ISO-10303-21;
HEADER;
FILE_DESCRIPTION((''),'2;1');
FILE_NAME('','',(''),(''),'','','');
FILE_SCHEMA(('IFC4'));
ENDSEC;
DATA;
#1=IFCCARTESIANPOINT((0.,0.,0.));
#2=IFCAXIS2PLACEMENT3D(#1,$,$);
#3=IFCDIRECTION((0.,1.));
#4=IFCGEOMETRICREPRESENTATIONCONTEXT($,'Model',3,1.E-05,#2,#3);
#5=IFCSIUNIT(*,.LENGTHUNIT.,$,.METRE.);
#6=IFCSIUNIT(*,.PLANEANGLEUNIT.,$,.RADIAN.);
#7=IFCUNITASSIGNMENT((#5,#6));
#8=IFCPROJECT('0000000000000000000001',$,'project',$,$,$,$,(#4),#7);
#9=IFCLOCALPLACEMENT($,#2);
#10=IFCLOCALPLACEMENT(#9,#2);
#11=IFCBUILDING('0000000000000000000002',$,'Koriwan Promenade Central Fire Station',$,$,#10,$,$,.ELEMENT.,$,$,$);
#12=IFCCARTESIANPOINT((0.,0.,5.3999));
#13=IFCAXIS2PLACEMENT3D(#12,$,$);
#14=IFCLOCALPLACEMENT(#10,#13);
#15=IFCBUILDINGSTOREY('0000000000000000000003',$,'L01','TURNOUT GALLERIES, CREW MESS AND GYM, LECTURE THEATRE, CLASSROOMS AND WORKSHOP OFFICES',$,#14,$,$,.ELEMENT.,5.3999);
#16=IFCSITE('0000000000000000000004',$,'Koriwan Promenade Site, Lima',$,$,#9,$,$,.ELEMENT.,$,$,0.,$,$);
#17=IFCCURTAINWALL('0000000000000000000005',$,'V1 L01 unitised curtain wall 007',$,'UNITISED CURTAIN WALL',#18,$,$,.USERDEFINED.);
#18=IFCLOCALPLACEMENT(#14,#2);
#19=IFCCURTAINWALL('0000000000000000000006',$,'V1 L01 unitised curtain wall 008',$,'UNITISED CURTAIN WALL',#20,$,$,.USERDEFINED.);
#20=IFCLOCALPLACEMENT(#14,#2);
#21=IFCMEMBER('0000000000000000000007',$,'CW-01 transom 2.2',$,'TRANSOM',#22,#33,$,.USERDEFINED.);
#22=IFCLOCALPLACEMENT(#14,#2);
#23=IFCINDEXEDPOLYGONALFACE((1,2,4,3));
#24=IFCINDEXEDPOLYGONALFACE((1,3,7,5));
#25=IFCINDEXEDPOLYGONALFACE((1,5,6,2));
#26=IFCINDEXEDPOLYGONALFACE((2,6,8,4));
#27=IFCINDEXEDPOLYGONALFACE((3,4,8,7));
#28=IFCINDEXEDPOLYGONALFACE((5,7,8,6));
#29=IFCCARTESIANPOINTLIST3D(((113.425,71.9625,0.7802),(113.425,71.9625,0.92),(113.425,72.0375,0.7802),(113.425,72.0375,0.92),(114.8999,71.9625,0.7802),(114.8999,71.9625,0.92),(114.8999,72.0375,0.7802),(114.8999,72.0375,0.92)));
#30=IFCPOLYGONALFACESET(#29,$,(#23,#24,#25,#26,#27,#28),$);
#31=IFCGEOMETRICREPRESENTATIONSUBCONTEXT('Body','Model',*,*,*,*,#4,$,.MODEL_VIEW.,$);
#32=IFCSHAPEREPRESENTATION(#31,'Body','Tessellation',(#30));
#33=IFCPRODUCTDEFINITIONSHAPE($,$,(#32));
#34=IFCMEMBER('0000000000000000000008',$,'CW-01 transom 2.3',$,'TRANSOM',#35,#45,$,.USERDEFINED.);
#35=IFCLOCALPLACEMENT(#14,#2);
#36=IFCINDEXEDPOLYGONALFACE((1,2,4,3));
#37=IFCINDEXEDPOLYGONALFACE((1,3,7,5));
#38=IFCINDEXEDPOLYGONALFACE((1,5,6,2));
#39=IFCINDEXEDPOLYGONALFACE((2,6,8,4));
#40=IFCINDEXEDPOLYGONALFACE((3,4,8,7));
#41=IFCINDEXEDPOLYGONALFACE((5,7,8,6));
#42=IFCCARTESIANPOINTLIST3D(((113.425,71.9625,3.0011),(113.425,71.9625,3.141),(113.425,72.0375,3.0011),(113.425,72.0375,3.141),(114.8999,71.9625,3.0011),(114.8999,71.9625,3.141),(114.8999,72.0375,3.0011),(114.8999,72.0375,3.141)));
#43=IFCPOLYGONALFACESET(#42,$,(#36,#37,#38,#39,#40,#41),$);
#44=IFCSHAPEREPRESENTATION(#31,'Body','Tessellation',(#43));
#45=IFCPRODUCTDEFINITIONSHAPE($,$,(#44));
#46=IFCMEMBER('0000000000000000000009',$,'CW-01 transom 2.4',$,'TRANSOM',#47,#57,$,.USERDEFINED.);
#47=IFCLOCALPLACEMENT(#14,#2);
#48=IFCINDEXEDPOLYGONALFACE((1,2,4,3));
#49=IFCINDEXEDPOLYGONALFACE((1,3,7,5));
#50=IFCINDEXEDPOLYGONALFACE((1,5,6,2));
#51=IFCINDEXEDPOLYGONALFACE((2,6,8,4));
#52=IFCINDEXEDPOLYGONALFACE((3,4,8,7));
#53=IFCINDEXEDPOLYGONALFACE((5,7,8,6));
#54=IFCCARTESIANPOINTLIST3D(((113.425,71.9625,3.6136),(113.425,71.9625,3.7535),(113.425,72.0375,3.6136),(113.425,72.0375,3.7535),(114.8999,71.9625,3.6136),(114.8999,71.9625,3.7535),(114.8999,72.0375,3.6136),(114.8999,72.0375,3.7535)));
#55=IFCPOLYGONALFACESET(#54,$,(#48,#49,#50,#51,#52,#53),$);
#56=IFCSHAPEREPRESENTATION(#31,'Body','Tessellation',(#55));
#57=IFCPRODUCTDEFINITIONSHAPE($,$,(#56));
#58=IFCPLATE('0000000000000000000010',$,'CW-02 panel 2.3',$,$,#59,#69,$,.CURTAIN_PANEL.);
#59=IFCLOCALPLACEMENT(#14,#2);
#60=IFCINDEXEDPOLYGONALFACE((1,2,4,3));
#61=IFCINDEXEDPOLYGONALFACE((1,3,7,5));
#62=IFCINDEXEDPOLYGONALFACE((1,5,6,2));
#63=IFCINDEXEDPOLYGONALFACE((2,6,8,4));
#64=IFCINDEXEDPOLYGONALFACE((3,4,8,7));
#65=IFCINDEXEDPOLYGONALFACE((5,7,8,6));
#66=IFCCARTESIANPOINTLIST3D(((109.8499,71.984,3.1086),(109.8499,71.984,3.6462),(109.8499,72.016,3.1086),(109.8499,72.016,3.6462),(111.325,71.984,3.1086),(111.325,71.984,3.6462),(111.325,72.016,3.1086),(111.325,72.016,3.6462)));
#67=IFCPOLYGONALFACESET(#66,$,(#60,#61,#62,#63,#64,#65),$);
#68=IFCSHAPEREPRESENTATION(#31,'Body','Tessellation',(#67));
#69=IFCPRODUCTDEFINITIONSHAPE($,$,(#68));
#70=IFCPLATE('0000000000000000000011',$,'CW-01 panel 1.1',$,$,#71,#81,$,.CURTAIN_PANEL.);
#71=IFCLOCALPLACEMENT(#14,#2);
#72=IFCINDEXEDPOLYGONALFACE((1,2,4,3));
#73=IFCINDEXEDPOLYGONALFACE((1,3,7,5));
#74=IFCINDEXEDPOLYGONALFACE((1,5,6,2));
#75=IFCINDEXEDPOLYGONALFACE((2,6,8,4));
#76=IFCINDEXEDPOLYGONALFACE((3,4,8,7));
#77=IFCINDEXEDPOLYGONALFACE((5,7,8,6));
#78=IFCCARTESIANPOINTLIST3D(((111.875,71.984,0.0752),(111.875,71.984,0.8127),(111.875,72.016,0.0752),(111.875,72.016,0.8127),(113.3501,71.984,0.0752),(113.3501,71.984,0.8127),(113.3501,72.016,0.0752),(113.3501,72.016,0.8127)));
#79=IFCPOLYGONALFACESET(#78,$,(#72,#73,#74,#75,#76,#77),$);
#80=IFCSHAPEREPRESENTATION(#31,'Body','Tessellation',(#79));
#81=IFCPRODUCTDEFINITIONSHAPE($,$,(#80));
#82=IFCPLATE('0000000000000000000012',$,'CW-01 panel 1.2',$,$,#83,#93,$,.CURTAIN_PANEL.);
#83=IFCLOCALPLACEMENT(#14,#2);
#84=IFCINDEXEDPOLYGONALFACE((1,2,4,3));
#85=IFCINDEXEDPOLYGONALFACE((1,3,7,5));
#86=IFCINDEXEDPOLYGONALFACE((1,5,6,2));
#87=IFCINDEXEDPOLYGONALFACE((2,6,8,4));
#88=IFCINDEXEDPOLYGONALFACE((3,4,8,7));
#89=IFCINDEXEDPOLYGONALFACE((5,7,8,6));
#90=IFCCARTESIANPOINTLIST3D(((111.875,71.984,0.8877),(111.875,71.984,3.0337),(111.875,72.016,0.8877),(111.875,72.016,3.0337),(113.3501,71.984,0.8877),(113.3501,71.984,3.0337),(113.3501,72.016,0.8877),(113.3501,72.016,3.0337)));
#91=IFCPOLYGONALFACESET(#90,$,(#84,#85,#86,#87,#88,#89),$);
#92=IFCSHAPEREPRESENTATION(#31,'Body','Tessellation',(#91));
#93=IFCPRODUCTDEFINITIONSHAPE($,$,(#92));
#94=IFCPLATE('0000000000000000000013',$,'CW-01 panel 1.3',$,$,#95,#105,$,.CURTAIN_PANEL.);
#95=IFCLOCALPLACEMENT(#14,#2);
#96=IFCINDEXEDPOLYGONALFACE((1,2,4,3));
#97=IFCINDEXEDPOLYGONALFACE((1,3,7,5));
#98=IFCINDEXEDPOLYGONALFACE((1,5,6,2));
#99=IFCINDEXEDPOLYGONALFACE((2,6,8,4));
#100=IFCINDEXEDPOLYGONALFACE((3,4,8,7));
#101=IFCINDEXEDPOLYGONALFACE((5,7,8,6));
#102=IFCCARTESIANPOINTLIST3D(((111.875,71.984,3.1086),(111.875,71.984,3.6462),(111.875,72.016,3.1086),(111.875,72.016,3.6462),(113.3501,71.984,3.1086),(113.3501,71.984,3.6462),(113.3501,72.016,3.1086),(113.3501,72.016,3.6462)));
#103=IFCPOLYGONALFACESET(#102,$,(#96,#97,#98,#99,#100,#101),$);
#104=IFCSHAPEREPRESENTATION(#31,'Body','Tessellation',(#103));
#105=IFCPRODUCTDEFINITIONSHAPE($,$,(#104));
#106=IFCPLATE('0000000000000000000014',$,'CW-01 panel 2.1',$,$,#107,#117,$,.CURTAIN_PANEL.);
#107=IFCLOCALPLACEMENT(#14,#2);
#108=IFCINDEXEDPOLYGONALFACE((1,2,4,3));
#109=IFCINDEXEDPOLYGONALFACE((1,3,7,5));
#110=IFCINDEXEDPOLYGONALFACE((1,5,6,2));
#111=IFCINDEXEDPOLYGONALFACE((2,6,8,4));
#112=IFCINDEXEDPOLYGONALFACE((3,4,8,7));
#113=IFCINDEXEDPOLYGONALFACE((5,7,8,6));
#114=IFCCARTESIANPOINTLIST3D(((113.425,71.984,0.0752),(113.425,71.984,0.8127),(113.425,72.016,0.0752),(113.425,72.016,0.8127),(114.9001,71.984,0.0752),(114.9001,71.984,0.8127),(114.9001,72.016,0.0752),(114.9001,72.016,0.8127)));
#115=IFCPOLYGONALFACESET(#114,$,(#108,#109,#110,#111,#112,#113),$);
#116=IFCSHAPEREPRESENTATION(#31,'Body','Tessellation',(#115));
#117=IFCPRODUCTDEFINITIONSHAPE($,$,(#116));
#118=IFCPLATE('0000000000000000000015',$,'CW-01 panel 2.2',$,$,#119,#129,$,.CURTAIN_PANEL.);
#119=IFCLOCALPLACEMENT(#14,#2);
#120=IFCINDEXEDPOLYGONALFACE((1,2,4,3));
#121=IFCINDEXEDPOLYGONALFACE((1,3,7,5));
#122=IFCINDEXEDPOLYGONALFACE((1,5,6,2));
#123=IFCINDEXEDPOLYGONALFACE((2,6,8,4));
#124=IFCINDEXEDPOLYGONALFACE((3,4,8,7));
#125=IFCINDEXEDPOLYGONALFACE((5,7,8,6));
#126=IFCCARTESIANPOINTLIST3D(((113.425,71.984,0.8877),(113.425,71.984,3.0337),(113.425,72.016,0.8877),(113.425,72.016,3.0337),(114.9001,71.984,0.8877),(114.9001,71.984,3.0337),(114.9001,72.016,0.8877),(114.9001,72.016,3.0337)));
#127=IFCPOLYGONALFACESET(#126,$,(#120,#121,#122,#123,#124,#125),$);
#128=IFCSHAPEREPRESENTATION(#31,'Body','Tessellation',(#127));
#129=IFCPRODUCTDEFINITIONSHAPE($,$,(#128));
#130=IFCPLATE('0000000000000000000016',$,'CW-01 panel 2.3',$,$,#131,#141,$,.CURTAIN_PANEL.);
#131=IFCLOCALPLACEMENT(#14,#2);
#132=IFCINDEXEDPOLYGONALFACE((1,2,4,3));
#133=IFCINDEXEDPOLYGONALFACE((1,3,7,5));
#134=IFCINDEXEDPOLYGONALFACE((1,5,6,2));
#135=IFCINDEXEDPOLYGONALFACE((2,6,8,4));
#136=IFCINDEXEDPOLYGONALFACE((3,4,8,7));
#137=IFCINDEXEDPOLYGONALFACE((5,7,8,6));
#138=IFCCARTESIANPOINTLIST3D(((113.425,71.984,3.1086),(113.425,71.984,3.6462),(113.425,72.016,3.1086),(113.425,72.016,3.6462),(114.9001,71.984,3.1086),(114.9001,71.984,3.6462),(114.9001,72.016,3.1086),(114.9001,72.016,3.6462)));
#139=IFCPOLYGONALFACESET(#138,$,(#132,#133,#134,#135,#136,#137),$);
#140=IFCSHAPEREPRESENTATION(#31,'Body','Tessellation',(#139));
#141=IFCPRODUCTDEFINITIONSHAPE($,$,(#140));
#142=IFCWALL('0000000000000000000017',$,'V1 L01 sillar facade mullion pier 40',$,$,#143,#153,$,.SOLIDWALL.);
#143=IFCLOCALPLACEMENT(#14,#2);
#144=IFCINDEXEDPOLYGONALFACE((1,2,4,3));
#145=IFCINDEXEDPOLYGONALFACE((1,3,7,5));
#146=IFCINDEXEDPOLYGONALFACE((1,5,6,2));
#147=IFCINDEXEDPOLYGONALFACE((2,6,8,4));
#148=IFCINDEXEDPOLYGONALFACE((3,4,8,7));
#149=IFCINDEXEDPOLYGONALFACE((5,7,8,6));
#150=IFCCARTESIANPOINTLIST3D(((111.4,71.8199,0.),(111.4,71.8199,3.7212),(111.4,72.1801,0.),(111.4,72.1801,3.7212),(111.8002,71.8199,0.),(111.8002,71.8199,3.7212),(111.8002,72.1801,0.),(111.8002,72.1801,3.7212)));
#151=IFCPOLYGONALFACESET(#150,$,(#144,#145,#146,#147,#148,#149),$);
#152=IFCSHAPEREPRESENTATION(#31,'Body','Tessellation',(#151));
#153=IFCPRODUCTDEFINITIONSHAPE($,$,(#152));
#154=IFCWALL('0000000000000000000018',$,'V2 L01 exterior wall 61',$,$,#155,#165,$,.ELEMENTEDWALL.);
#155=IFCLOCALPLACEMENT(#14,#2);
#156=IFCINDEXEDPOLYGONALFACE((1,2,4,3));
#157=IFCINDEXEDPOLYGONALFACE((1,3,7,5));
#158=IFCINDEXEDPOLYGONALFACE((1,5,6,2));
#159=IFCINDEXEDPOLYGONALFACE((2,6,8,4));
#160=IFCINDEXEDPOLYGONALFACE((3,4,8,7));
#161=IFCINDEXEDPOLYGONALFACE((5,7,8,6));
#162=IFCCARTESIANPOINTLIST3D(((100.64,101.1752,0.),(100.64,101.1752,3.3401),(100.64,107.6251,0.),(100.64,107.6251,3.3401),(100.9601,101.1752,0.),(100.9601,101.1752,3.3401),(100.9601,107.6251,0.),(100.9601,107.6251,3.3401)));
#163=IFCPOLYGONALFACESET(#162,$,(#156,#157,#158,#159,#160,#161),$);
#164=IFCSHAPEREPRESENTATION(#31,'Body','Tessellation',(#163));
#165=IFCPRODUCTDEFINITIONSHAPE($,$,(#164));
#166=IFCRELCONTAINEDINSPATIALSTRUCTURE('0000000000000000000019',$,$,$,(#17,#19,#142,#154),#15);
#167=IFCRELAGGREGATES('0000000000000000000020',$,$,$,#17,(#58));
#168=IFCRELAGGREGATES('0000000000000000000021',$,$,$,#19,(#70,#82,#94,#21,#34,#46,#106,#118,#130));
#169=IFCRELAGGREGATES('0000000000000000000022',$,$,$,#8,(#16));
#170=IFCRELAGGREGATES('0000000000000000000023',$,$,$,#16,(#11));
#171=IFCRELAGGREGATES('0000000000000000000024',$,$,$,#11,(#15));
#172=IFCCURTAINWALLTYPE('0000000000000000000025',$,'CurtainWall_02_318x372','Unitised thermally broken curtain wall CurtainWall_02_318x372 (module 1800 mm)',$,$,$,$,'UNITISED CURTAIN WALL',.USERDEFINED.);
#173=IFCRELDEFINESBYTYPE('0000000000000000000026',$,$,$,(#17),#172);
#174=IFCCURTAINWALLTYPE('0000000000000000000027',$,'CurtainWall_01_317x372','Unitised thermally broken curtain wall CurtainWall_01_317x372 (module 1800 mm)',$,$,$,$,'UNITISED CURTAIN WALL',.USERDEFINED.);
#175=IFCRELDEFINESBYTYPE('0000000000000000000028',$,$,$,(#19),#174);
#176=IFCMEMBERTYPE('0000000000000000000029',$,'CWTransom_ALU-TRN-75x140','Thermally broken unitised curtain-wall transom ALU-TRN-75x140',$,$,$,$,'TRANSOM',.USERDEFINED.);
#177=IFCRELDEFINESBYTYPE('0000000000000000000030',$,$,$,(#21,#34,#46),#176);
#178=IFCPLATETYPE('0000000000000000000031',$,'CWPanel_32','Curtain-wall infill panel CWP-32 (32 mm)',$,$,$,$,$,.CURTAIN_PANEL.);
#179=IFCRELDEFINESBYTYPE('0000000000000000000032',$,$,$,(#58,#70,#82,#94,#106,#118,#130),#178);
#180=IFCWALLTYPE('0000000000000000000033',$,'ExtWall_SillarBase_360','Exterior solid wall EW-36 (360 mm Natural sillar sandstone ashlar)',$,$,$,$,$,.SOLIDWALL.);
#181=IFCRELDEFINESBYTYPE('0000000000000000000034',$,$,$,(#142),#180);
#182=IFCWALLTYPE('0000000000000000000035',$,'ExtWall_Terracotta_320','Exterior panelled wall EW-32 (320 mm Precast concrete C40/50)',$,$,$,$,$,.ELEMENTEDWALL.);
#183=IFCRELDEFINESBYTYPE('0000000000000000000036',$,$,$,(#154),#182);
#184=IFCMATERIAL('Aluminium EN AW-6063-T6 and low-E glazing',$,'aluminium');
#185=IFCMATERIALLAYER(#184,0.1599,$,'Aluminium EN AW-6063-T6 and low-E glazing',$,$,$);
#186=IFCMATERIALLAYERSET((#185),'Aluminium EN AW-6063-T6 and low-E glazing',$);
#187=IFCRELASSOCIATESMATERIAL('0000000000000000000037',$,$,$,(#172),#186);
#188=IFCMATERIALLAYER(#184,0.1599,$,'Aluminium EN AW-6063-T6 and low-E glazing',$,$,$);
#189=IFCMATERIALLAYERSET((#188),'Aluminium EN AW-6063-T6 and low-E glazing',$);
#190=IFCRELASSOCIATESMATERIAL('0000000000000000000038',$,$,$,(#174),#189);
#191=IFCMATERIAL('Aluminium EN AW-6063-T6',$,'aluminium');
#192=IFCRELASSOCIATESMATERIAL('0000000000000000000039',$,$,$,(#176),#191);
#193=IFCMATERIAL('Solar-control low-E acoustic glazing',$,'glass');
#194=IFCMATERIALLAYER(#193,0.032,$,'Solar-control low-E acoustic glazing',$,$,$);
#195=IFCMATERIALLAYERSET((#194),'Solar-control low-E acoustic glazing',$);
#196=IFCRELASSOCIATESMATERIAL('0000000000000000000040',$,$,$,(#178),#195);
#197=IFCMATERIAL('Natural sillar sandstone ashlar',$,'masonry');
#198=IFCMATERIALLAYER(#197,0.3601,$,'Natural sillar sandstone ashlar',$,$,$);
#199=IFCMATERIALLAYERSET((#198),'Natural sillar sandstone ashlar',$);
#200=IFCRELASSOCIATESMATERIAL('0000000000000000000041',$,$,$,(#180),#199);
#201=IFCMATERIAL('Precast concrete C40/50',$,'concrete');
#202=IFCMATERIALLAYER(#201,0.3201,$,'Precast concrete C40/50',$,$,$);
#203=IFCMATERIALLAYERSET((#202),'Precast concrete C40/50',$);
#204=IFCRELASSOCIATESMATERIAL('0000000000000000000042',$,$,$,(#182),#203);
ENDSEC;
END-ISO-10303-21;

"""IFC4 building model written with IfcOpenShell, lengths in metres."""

from ifc_helpers import new_model, si_unit, direction, frame, frame_2d, origin, origin_2d, place, context, subcontext, project, spatial, rectangle, extrude, material, layer, layer_set, material_profile, profile_set, type_object, element, aggregate, save


model = new_model("IFC4")

# Units and contexts
model_context = context("Model", 3, precision=1e-05, world=origin(), true_north=direction((0.0, 1.0)))
body_context = subcontext(model_context, "Body", "Model", "MODEL_VIEW")
ifc_project = project(units=[si_unit("LENGTHUNIT", "METRE"), si_unit("PLANEANGLEUNIT", "RADIAN")], contexts=[model_context])

# Site, building, storey
site_placement = place(None, origin())
site = spatial("IfcSite", under=ifc_project, at=site_placement, Name="Koriwan Promenade Site, Lima", CompositionType="ELEMENT", RefElevation=0.0)
building_placement = place(site_placement, origin())
building = spatial("IfcBuilding", under=site, at=building_placement, Name="Koriwan Promenade Central Fire Station", CompositionType="ELEMENT")
storey_placement = place(building_placement, frame((0.0, 0.0, 5.3999)))
storey = spatial("IfcBuildingStorey", under=building, at=storey_placement, Name="L01", Description="TURNOUT GALLERIES, CREW MESS AND GYM, LECTURE THEATRE, CLASSROOMS AND WORKSHOP OFFICES", CompositionType="ELEMENT", Elevation=5.3999)

# Curtain wall
ifc_material_1 = material(Name="Aluminium EN AW-6063-T6 and low-E glazing", Category="aluminium")
ifc_layer_1 = layer(ifc_material_1, 0.1599, Name="Aluminium EN AW-6063-T6 and low-E glazing")
ifc_layer_set_1 = layer_set([ifc_layer_1], Name="Aluminium EN AW-6063-T6 and low-E glazing")
curtain_wall_type_1 = type_object("IfcCurtainWallType", Name="CurtainWall_02_318x372", Description="Unitised thermally broken curtain wall CurtainWall_02_318x372 (module 1800 mm)", ElementType="UNITISED CURTAIN WALL", PredefinedType="USERDEFINED", material=ifc_layer_set_1)
curtain_wall_1_placement = place(storey_placement, origin())
curtain_wall_1 = element("IfcCurtainWall", 1, at=curtain_wall_1_placement, inside=storey, type_object=curtain_wall_type_1, Name="V1 L01 unitised curtain wall 007", ObjectType="UNITISED CURTAIN WALL", PredefinedType="USERDEFINED")
ifc_material_2 = material(Name="Aluminium EN AW-6063-T6", Category="aluminium")

# Curtain wall, members
ifc_layer_2 = layer(ifc_material_1, 0.1599, Name="Aluminium EN AW-6063-T6 and low-E glazing")
ifc_layer_set_2 = layer_set([ifc_layer_2], Name="Aluminium EN AW-6063-T6 and low-E glazing")
curtain_wall_type_2 = type_object("IfcCurtainWallType", Name="CurtainWall_01_317x372", Description="Unitised thermally broken curtain wall CurtainWall_01_317x372 (module 1800 mm)", ElementType="UNITISED CURTAIN WALL", PredefinedType="USERDEFINED", material=ifc_layer_set_2)
curtain_wall_2_placement = place(storey_placement, origin())
curtain_wall_2 = element("IfcCurtainWall", 2, at=curtain_wall_2_placement, inside=storey, type_object=curtain_wall_type_2, Name="V1 L01 unitised curtain wall 008", ObjectType="UNITISED CURTAIN WALL", PredefinedType="USERDEFINED")
ifc_material_profile_1 = material_profile(ifc_material_2, rectangle(XDim=0.075, YDim=0.1399, at=origin_2d()), Name="ALU-TRN-75x140")
ifc_profile_set_1 = profile_set([ifc_material_profile_1], Name="Aluminium EN AW-6063-T6")
member_type_1 = type_object("IfcMemberType", Name="CWTransom_ALU-TRN-75x140", Description="Thermally broken unitised curtain-wall transom ALU-TRN-75x140", ElementType="TRANSOM", PredefinedType="USERDEFINED", material=ifc_profile_set_1)
member_1_placement = place(storey_placement, frame((113.425, 72.0, 0.8501), z_axis=(1.0, 0.0, 0.0), x_axis=(0.0, 1.0, 0.0)))
member_1 = element("IfcMember", 3, at=member_1_placement, type_object=member_type_1, Name="CW-01 transom 2.2", ObjectType="TRANSOM", PredefinedType="USERDEFINED", context=body_context, shape_type="SweptSolid", body=[
    extrude(rectangle(XDim=0.075, YDim=0.1399, at=origin_2d()), origin(), (0.0, 0.0, 1.0), 1.4749),
])
member_2_placement = place(storey_placement, frame((113.425, 72.0, 3.071), z_axis=(1.0, 0.0, 0.0), x_axis=(0.0, 1.0, 0.0)))
member_2 = element("IfcMember", 4, at=member_2_placement, type_object=member_type_1, Name="CW-01 transom 2.3", ObjectType="TRANSOM", PredefinedType="USERDEFINED", context=body_context, shape_type="SweptSolid", body=[
    extrude(rectangle(XDim=0.075, YDim=0.1399, at=origin_2d()), origin(), (0.0, 0.0, 1.0), 1.4749),
])
member_3_placement = place(storey_placement, frame((113.425, 72.0, 3.6836), z_axis=(1.0, 0.0, 0.0), x_axis=(0.0, 1.0, 0.0)))
member_3 = element("IfcMember", 5, at=member_3_placement, type_object=member_type_1, Name="CW-01 transom 2.4", ObjectType="TRANSOM", PredefinedType="USERDEFINED", context=body_context, shape_type="SweptSolid", body=[
    extrude(rectangle(XDim=0.075, YDim=0.1399, at=origin_2d()), origin(), (0.0, 0.0, 1.0), 1.4749),
])

# Plates
ifc_material_3 = material(Name="Solar-control low-E acoustic glazing", Category="glass")
ifc_layer_3 = layer(ifc_material_3, 0.032, Name="Solar-control low-E acoustic glazing")
ifc_layer_set_3 = layer_set([ifc_layer_3], Name="Solar-control low-E acoustic glazing")
plate_type = type_object("IfcPlateType", Name="CWPanel_32", Description="Curtain-wall infill panel CWP-32 (32 mm)", PredefinedType="CURTAIN_PANEL", material=ifc_layer_set_3)
plate_1_placement = place(storey_placement, frame((110.5874, 72.0, 3.1086), z_axis=(0.0, 0.0, 1.0), x_axis=(1.0, 0.0, 0.0)))
plate_1 = element("IfcPlate", 6, at=plate_1_placement, type_object=plate_type, Name="CW-02 panel 2.3", PredefinedType="CURTAIN_PANEL", context=body_context, shape_type="SweptSolid", body=[
    extrude(rectangle(XDim=1.4751, YDim=0.032, at=origin_2d()), origin(), (0.0, 0.0, 1.0), 0.5376),
])
aggregate(curtain_wall_1, [plate_1])
plate_2_placement = place(storey_placement, frame((112.6125, 72.0, 0.0752), z_axis=(0.0, 0.0, 1.0), x_axis=(1.0, 0.0, 0.0)))
plate_2 = element("IfcPlate", 7, at=plate_2_placement, type_object=plate_type, Name="CW-01 panel 1.1", PredefinedType="CURTAIN_PANEL", context=body_context, shape_type="SweptSolid", body=[
    extrude(rectangle(XDim=1.4751, YDim=0.032, at=origin_2d()), origin(), (0.0, 0.0, 1.0), 0.7375),
])
plate_3_placement = place(storey_placement, frame((112.6125, 72.0, 0.8877), z_axis=(0.0, 0.0, 1.0), x_axis=(1.0, 0.0, 0.0)))
plate_3 = element("IfcPlate", 8, at=plate_3_placement, type_object=plate_type, Name="CW-01 panel 1.2", PredefinedType="CURTAIN_PANEL", context=body_context, shape_type="SweptSolid", body=[
    extrude(rectangle(XDim=1.4751, YDim=0.032, at=origin_2d()), origin(), (0.0, 0.0, 1.0), 2.146),
])
plate_4_placement = place(storey_placement, frame((112.6125, 72.0, 3.1086), z_axis=(0.0, 0.0, 1.0), x_axis=(1.0, 0.0, 0.0)))
plate_4 = element("IfcPlate", 9, at=plate_4_placement, type_object=plate_type, Name="CW-01 panel 1.3", PredefinedType="CURTAIN_PANEL", context=body_context, shape_type="SweptSolid", body=[
    extrude(rectangle(XDim=1.4751, YDim=0.032, at=origin_2d()), origin(), (0.0, 0.0, 1.0), 0.5376),
])
plate_5_placement = place(storey_placement, frame((114.1626, 72.0, 0.0752), z_axis=(0.0, 0.0, 1.0), x_axis=(1.0, 0.0, 0.0)))
plate_5 = element("IfcPlate", 10, at=plate_5_placement, type_object=plate_type, Name="CW-01 panel 2.1", PredefinedType="CURTAIN_PANEL", context=body_context, shape_type="SweptSolid", body=[
    extrude(rectangle(XDim=1.4751, YDim=0.032, at=origin_2d()), origin(), (0.0, 0.0, 1.0), 0.7375),
])
plate_6_placement = place(storey_placement, frame((114.1626, 72.0, 0.8877), z_axis=(0.0, 0.0, 1.0), x_axis=(1.0, 0.0, 0.0)))
plate_6 = element("IfcPlate", 11, at=plate_6_placement, type_object=plate_type, Name="CW-01 panel 2.2", PredefinedType="CURTAIN_PANEL", context=body_context, shape_type="SweptSolid", body=[
    extrude(rectangle(XDim=1.4751, YDim=0.032, at=origin_2d()), origin(), (0.0, 0.0, 1.0), 2.146),
])
plate_7_placement = place(storey_placement, frame((114.1626, 72.0, 3.1086), z_axis=(0.0, 0.0, 1.0), x_axis=(1.0, 0.0, 0.0)))
plate_7 = element("IfcPlate", 12, at=plate_7_placement, type_object=plate_type, Name="CW-01 panel 2.3", PredefinedType="CURTAIN_PANEL", context=body_context, shape_type="SweptSolid", body=[
    extrude(rectangle(XDim=1.4751, YDim=0.032, at=origin_2d()), origin(), (0.0, 0.0, 1.0), 0.5376),
])
aggregate(curtain_wall_2, [plate_2, plate_3, plate_4, member_1, member_2, member_3, plate_5, plate_6, plate_7])

# Walls
ifc_material_4 = material(Name="Natural sillar sandstone ashlar", Category="masonry")
ifc_layer_4 = layer(ifc_material_4, 0.3601, Name="Natural sillar sandstone ashlar")
ifc_layer_set_4 = layer_set([ifc_layer_4], Name="Natural sillar sandstone ashlar")
wall_type_1 = type_object("IfcWallType", Name="ExtWall_SillarBase_360", Description="Exterior solid wall EW-36 (360 mm Natural sillar sandstone ashlar)", PredefinedType="SOLIDWALL", material=ifc_layer_set_4)
wall_1_placement = place(storey_placement, frame((111.3999, 72.0, 0.0), z_axis=(0.0, 0.0, 1.0), x_axis=(1.0, 0.0, 0.0)))
element("IfcWall", 13, at=wall_1_placement, inside=storey, type_object=wall_type_1, Name="V1 L01 sillar facade mullion pier 40", PredefinedType="SOLIDWALL", context=body_context, shape_type="SweptSolid", body=[
    extrude(rectangle(XDim=0.4001, YDim=0.3601, at=frame_2d((0.2002, 0.0))), origin(), (0.0, 0.0, 1.0), 3.7212),
])
ifc_material_5 = material(Name="Precast concrete C40/50", Category="concrete")
ifc_layer_5 = layer(ifc_material_5, 0.3201, Name="Precast concrete C40/50")
ifc_layer_set_5 = layer_set([ifc_layer_5], Name="Precast concrete C40/50")
wall_type_2 = type_object("IfcWallType", Name="ExtWall_Terracotta_320", Description="Exterior panelled wall EW-32 (320 mm Precast concrete C40/50)", PredefinedType="ELEMENTEDWALL", material=ifc_layer_set_5)
wall_2_placement = place(storey_placement, frame((100.8, 101.175, 0.0), z_axis=(0.0, 0.0, 1.0), x_axis=(0.0, 1.0, 0.0)))
element("IfcWall", 14, at=wall_2_placement, inside=storey, type_object=wall_type_2, Name="V2 L01 exterior wall 61", PredefinedType="ELEMENTEDWALL", context=body_context, shape_type="SweptSolid", body=[
    extrude(rectangle(XDim=6.45, YDim=0.3201, at=frame_2d((3.2251, 0.0))), origin(), (0.0, 0.0, 1.0), 3.3401),
])

save(model, "model.ifc")
